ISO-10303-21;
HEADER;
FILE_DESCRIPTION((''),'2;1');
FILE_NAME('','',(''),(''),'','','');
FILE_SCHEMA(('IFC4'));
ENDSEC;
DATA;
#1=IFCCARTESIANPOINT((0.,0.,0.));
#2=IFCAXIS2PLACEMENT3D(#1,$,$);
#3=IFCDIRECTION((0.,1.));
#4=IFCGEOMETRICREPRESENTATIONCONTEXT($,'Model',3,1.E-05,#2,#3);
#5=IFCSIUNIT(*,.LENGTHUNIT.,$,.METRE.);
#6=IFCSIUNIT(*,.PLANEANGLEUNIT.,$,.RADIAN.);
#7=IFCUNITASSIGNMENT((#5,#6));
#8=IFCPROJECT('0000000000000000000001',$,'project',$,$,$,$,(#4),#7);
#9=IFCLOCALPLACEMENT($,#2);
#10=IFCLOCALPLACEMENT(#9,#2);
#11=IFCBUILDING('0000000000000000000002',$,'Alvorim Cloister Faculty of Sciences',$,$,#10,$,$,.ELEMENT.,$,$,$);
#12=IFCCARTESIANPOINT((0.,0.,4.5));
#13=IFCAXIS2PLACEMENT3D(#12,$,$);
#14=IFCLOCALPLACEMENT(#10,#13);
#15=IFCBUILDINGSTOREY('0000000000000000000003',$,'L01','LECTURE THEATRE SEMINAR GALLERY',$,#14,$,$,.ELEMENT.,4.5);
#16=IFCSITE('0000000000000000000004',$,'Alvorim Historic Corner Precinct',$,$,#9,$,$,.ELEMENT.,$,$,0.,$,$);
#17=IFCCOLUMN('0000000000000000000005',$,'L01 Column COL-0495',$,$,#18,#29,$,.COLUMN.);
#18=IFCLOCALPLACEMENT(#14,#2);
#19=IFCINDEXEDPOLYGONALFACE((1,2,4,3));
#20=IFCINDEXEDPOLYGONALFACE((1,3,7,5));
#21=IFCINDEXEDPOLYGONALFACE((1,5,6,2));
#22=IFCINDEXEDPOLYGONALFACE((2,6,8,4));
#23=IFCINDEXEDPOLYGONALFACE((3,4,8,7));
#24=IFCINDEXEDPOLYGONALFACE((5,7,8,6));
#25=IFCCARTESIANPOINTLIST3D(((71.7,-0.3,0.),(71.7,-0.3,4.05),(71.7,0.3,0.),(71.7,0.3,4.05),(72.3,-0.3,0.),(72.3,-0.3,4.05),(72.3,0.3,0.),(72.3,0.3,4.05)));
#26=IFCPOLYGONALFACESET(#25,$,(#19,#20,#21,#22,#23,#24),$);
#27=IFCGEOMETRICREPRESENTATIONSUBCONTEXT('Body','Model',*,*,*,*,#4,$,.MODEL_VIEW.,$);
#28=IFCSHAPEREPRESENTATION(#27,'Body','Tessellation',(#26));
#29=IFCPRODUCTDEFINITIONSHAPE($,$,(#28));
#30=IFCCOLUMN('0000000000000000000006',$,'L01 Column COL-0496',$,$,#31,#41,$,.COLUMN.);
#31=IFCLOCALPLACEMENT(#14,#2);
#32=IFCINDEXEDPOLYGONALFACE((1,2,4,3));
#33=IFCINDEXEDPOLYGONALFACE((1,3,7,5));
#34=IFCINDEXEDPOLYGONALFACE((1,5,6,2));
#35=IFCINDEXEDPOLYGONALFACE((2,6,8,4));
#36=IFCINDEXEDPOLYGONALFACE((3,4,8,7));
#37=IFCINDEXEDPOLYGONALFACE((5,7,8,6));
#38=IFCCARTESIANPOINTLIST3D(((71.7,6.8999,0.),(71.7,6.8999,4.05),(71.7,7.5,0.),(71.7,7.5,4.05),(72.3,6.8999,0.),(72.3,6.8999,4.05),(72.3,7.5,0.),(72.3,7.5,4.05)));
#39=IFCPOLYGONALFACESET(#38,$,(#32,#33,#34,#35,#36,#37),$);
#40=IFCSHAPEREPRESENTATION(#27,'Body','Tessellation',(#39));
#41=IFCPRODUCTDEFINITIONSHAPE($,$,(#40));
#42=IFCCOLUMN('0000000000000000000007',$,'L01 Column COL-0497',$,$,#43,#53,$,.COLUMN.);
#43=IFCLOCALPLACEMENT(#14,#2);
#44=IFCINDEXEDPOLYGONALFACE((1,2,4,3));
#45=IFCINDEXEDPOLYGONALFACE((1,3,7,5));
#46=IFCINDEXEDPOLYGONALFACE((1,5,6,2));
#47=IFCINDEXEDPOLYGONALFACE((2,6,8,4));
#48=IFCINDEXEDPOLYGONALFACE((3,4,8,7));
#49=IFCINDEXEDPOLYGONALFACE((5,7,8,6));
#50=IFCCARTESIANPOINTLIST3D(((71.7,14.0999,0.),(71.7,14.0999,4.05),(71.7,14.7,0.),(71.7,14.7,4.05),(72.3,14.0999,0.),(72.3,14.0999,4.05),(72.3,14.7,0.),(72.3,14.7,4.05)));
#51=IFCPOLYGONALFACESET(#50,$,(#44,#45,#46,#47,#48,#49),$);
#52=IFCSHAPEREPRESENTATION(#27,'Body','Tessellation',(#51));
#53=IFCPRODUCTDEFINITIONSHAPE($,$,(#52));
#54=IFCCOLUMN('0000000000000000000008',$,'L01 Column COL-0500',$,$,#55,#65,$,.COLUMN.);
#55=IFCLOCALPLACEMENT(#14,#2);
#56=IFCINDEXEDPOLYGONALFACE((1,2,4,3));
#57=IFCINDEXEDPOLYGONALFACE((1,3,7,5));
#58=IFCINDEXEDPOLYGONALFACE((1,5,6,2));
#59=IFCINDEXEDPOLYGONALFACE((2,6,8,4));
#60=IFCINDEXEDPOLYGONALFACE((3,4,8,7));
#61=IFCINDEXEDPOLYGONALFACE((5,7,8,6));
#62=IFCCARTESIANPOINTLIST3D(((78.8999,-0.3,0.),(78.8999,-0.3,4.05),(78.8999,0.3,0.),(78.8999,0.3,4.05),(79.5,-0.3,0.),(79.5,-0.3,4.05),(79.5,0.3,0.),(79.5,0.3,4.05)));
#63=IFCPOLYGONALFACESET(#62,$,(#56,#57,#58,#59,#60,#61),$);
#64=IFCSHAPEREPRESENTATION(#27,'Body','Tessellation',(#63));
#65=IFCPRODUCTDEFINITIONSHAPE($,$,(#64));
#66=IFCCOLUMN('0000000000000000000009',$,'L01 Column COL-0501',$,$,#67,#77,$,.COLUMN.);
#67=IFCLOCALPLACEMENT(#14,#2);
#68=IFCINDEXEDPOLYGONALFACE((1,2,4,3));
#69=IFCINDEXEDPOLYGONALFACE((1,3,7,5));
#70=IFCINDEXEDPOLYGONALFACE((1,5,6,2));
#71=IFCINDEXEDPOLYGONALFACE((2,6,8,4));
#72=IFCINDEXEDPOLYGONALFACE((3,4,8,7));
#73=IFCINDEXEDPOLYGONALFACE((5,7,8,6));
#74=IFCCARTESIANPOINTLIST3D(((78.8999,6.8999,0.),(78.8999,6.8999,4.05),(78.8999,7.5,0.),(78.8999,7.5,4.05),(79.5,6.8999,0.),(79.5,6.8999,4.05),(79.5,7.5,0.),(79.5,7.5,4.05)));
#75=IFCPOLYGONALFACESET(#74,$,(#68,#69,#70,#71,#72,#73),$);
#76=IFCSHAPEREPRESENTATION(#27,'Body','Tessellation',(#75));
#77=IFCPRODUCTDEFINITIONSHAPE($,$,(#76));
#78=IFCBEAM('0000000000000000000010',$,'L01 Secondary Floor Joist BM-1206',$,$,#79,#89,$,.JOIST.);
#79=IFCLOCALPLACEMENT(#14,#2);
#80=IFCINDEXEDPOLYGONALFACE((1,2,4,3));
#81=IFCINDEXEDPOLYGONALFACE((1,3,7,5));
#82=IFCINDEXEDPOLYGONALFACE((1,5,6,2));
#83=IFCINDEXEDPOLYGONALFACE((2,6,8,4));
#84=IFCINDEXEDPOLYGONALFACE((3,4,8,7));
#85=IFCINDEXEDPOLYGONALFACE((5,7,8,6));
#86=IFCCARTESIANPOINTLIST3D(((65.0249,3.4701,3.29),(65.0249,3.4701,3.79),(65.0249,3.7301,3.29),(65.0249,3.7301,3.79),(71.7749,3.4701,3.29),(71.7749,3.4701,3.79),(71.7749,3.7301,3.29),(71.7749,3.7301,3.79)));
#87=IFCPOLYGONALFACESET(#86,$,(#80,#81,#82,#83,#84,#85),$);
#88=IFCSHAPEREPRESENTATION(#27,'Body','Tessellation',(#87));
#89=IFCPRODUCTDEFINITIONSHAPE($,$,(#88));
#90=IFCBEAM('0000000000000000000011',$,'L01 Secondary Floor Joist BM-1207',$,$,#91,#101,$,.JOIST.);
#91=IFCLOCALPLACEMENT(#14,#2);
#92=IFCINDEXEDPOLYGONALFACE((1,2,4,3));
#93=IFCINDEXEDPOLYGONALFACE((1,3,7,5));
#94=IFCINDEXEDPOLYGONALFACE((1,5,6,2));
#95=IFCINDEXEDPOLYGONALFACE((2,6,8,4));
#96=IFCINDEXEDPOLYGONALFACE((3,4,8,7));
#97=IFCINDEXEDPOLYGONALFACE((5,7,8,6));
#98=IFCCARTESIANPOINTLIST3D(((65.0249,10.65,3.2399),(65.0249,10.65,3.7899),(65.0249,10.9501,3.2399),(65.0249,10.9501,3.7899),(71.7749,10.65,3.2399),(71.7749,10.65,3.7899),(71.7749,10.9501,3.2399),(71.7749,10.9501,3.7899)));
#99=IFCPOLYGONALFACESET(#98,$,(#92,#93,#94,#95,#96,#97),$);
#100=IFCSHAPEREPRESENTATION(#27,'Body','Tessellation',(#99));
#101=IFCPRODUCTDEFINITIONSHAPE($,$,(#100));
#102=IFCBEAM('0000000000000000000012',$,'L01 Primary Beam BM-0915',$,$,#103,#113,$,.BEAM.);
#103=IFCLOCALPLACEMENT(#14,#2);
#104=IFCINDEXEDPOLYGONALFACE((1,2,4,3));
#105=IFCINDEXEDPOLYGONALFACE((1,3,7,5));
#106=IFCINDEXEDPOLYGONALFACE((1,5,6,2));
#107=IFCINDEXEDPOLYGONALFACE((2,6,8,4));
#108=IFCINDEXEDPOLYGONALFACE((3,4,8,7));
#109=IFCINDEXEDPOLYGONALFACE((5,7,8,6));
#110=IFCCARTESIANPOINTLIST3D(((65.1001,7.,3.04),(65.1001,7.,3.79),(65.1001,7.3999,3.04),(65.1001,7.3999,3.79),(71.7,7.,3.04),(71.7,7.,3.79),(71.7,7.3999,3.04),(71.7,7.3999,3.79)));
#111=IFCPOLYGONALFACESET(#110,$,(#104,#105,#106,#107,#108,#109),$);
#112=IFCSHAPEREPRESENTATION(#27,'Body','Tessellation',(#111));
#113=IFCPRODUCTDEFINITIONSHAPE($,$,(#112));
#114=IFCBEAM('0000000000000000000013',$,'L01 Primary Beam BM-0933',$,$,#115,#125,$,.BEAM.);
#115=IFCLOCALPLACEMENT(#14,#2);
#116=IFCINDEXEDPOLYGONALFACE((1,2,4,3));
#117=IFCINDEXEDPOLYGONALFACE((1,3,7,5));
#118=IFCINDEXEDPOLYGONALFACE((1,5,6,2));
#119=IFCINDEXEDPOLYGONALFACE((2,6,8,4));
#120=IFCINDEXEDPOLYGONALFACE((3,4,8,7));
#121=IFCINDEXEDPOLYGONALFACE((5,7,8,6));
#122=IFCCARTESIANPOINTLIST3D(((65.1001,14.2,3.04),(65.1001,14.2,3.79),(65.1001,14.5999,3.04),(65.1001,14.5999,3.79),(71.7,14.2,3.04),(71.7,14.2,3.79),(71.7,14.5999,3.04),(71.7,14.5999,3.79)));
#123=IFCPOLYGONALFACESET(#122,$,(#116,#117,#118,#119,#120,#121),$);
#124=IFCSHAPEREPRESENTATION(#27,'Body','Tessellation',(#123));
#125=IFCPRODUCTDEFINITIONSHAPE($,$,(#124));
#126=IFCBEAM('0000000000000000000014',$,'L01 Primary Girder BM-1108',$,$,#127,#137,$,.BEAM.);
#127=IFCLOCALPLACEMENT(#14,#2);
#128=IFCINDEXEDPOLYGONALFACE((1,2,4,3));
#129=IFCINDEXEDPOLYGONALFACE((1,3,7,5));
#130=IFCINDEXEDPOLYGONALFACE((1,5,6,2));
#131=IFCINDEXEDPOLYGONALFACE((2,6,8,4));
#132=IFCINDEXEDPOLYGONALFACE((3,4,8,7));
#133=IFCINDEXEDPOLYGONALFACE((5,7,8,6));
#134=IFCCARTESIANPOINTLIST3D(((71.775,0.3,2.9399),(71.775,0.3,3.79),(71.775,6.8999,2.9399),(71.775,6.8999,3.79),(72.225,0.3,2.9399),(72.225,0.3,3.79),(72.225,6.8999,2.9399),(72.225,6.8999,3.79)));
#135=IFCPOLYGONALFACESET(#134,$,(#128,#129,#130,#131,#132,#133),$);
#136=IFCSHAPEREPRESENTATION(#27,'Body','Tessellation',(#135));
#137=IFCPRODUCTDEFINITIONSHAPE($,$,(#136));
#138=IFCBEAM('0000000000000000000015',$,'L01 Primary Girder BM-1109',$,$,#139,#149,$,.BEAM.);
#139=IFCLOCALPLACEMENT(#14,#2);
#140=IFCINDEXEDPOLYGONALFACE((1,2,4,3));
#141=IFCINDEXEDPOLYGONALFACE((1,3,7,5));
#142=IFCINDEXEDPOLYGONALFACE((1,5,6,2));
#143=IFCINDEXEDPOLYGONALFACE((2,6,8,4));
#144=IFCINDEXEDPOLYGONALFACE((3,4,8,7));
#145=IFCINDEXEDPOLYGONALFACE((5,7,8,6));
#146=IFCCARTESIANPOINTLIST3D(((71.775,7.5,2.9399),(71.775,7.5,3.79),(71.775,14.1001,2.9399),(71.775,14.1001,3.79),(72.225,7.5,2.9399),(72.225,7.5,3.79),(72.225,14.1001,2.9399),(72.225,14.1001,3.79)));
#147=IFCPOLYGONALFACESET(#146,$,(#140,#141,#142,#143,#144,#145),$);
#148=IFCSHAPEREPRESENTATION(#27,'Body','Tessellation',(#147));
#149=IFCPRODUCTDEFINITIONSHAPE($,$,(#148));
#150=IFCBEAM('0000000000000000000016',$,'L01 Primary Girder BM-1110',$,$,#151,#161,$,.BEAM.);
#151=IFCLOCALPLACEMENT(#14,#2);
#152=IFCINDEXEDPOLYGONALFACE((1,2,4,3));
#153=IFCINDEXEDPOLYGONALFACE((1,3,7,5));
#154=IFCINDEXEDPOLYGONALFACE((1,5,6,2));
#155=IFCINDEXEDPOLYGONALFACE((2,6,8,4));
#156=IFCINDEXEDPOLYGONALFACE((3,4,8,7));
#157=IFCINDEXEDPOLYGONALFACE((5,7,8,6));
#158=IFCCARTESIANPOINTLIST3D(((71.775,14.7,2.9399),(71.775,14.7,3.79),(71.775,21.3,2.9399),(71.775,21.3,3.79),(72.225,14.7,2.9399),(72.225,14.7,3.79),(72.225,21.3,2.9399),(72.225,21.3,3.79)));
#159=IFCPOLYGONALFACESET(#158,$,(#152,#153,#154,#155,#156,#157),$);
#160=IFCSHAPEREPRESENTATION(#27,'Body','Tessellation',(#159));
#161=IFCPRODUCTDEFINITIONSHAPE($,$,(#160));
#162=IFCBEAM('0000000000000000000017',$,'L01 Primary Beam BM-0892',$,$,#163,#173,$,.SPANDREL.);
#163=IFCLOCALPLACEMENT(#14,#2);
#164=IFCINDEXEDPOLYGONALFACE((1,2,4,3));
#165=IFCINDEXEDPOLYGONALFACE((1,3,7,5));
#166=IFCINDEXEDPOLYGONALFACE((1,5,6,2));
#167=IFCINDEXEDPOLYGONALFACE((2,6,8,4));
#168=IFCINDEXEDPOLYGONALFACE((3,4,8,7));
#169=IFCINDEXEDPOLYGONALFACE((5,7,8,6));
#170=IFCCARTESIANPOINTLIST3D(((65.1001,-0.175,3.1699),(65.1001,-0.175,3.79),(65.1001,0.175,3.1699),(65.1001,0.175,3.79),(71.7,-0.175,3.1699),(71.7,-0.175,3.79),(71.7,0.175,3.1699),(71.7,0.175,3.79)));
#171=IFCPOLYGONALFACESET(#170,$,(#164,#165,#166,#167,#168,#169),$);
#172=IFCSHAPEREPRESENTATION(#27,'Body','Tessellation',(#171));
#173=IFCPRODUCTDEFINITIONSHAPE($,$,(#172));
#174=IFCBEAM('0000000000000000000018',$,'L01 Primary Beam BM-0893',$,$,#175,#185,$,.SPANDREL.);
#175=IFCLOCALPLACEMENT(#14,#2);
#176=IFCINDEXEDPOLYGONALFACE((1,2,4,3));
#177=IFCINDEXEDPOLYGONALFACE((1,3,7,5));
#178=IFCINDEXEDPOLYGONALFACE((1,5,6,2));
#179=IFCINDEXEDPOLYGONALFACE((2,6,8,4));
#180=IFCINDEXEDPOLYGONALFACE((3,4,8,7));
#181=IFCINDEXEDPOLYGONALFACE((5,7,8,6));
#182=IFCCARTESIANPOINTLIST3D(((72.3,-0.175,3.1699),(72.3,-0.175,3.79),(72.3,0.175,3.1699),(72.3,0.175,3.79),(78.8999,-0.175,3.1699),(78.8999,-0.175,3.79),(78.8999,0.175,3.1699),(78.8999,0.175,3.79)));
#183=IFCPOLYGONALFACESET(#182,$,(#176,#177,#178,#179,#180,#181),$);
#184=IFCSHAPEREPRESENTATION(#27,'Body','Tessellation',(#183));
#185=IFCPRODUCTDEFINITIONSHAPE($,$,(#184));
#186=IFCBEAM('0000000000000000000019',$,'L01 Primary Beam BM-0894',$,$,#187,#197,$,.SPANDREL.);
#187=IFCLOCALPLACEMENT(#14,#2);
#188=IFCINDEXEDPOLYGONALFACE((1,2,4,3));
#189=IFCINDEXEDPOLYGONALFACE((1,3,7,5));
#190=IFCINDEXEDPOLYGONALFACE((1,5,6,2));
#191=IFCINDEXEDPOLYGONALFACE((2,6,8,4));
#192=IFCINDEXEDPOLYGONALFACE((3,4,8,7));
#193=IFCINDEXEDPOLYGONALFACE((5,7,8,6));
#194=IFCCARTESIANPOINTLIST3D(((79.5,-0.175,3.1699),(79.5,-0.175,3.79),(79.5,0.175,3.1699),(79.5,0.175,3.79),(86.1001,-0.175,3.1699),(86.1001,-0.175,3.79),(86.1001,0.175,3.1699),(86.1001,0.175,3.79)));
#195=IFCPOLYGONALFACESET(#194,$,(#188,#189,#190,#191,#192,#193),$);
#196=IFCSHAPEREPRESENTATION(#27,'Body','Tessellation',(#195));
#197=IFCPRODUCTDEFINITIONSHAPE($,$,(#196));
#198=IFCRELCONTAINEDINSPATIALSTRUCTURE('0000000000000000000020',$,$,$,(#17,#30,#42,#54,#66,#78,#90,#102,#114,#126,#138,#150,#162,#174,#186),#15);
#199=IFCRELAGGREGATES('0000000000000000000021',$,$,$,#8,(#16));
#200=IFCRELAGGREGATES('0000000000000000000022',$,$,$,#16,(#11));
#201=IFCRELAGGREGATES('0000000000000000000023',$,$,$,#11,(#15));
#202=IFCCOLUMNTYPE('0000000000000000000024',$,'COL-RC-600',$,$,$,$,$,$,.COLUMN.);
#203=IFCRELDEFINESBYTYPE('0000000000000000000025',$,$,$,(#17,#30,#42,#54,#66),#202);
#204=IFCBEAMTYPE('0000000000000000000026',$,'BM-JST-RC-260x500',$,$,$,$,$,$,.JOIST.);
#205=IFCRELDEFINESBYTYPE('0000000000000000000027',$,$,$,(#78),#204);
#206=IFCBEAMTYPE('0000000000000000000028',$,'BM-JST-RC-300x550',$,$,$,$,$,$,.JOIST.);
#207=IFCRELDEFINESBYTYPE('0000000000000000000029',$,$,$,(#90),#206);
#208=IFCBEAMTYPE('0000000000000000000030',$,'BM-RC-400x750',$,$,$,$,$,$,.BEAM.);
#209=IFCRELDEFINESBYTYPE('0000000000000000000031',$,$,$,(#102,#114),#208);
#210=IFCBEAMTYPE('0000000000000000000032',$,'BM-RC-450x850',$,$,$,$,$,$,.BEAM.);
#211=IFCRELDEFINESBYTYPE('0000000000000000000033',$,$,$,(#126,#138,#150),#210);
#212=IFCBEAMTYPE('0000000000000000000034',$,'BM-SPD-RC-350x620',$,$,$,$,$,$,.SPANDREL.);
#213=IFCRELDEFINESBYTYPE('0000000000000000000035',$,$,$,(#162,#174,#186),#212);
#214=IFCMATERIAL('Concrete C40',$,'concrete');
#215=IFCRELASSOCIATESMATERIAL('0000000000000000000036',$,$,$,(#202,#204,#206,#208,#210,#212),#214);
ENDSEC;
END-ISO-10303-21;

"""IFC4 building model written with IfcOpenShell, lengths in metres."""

from ifc_helpers import new_model, si_unit, direction, frame, origin, origin_2d, place, context, subcontext, project, spatial, rectangle, extrude, material, material_profile, profile_set, type_object, element, save


model = new_model("IFC4")

# Units and contexts
model_context = context("Model", 3, precision=1e-05, world=origin(), true_north=direction((0.0, 1.0)))
body_context = subcontext(model_context, "Body", "Model", "MODEL_VIEW")
ifc_project = project(units=[si_unit("LENGTHUNIT", "METRE"), si_unit("PLANEANGLEUNIT", "RADIAN")], contexts=[model_context])

# Site, building, storey
site_placement = place(None, origin())
site = spatial("IfcSite", under=ifc_project, at=site_placement, Name="Alvorim Historic Corner Precinct", CompositionType="ELEMENT", RefElevation=0.0)
building_placement = place(site_placement, origin())
building = spatial("IfcBuilding", under=site, at=building_placement, Name="Alvorim Cloister Faculty of Sciences", CompositionType="ELEMENT")
storey_placement = place(building_placement, frame((0.0, 0.0, 4.5)))
storey = spatial("IfcBuildingStorey", under=building, at=storey_placement, Name="L01", Description="LECTURE THEATRE SEMINAR GALLERY", CompositionType="ELEMENT", Elevation=4.5)

# Columns
ifc_material_1 = material(Name="Concrete C40", Category="concrete")
ifc_material_profile_1 = material_profile(ifc_material_1, rectangle(XDim=0.6001, YDim=0.6001, at=origin_2d()), Name="RC40-COL-600x600")
ifc_profile_set_1 = profile_set([ifc_material_profile_1], Name="Concrete C40")
column_type = type_object("IfcColumnType", Name="COL-RC-600", PredefinedType="COLUMN", material=ifc_profile_set_1)
for number, where, z_axis, x_axis, name in (
    (1, (72.0, 0.0, 0.0), (0.0, 0.0, 1.0), (1.0, 0.0, 0.0), "L01 Column COL-0495"),
    (2, (72.0, 7.2, 0.0), (0.0, 0.0, 1.0), (1.0, 0.0, 0.0), "L01 Column COL-0496"),
    (3, (72.0, 14.3999, 0.0), (0.0, 0.0, 1.0), (1.0, 0.0, 0.0), "L01 Column COL-0497"),
    (4, (79.2, 0.0, 0.0), (0.0, 0.0, 1.0), (1.0, 0.0, 0.0), "L01 Column COL-0500"),
    (5, (79.2, 7.2, 0.0), (0.0, 0.0, 1.0), (1.0, 0.0, 0.0), "L01 Column COL-0501"),
):
    element("IfcColumn", number, at=place(storey_placement, frame(where, z_axis=z_axis, x_axis=x_axis)), inside=storey, type_object=column_type, Name=name, PredefinedType="COLUMN", context=body_context, shape_type="SweptSolid", body=[
        extrude(rectangle(XDim=0.6001, YDim=0.6001, at=origin_2d()), origin(), (0.0, 0.0, 1.0), 4.05),
    ])

# Beams
ifc_material_profile_2 = material_profile(ifc_material_1, rectangle(XDim=0.26, YDim=0.5, at=origin_2d()), Name="RC40-JST-260x500")
ifc_profile_set_2 = profile_set([ifc_material_profile_2], Name="Concrete C40")
beam_type_1 = type_object("IfcBeamType", Name="BM-JST-RC-260x500", PredefinedType="JOIST", material=ifc_profile_set_2)
beam_1_placement = place(storey_placement, frame((65.0249, 3.6001, 3.54), z_axis=(1.0, 0.0, 0.0), x_axis=(0.0, 1.0, 0.0)))
element("IfcBeam", 6, at=beam_1_placement, inside=storey, type_object=beam_type_1, Name="L01 Secondary Floor Joist BM-1206", PredefinedType="JOIST", context=body_context, shape_type="SweptSolid", body=[
    extrude(rectangle(XDim=0.26, YDim=0.5, at=origin_2d()), origin(), (0.0, 0.0, 1.0), 6.75),
])
ifc_material_profile_3 = material_profile(ifc_material_1, rectangle(XDim=0.3, YDim=0.55, at=origin_2d()), Name="RC40-JST-300x550")
ifc_profile_set_3 = profile_set([ifc_material_profile_3], Name="Concrete C40")
beam_type_2 = type_object("IfcBeamType", Name="BM-JST-RC-300x550", PredefinedType="JOIST", material=ifc_profile_set_3)
beam_2_placement = place(storey_placement, frame((65.0249, 10.8, 3.5149), z_axis=(1.0, 0.0, 0.0), x_axis=(0.0, 1.0, 0.0)))
element("IfcBeam", 7, at=beam_2_placement, inside=storey, type_object=beam_type_2, Name="L01 Secondary Floor Joist BM-1207", PredefinedType="JOIST", context=body_context, shape_type="SweptSolid", body=[
    extrude(rectangle(XDim=0.3, YDim=0.55, at=origin_2d()), origin(), (0.0, 0.0, 1.0), 6.75),
])
ifc_material_profile_4 = material_profile(ifc_material_1, rectangle(XDim=0.3999, YDim=0.75, at=origin_2d()), Name="RC40-BM-400x750")
ifc_profile_set_4 = profile_set([ifc_material_profile_4], Name="Concrete C40")
beam_type_3 = type_object("IfcBeamType", Name="BM-RC-400x750", PredefinedType="BEAM", material=ifc_profile_set_4)
for number, where, z_axis, x_axis, name in (
    (8, (65.1001, 7.2, 3.415), (1.0, 0.0, 0.0), (0.0, 1.0, 0.0), "L01 Primary Beam BM-0915"),
    (9, (65.1001, 14.3999, 3.415), (1.0, 0.0, 0.0), (0.0, 1.0, 0.0), "L01 Primary Beam BM-0933"),
):
    element("IfcBeam", number, at=place(storey_placement, frame(where, z_axis=z_axis, x_axis=x_axis)), inside=storey, type_object=beam_type_3, Name=name, PredefinedType="BEAM", context=body_context, shape_type="SweptSolid", body=[
        extrude(rectangle(XDim=0.3999, YDim=0.75, at=origin_2d()), origin(), (0.0, 0.0, 1.0), 6.5999),
    ])
ifc_material_profile_5 = material_profile(ifc_material_1, rectangle(XDim=0.45, YDim=0.8501, at=origin_2d()), Name="RC40-BM-450x850")
ifc_profile_set_5 = profile_set([ifc_material_profile_5], Name="Concrete C40")
beam_type_4 = type_object("IfcBeamType", Name="BM-RC-450x850", PredefinedType="BEAM", material=ifc_profile_set_5)
beam_3_placement = place(storey_placement, frame((72.0, 0.3, 3.365), z_axis=(0.0, 1.0, 0.0), x_axis=(-1.0, 0.0, 0.0)))
element("IfcBeam", 10, at=beam_3_placement, inside=storey, type_object=beam_type_4, Name="L01 Primary Girder BM-1108", PredefinedType="BEAM", context=body_context, shape_type="SweptSolid", body=[
    extrude(rectangle(XDim=0.45, YDim=0.8501, at=origin_2d()), origin(), (0.0, 0.0, 1.0), 6.5999),
])
for number, where, z_axis, x_axis, name in (
    (11, (72.0, 7.5, 3.365), (0.0, 1.0, 0.0), (-1.0, 0.0, 0.0), "L01 Primary Girder BM-1109"),
    (12, (72.0, 14.7, 3.365), (0.0, 1.0, 0.0), (-1.0, 0.0, 0.0), "L01 Primary Girder BM-1110"),
):
    element("IfcBeam", number, at=place(storey_placement, frame(where, z_axis=z_axis, x_axis=x_axis)), inside=storey, type_object=beam_type_4, Name=name, PredefinedType="BEAM", context=body_context, shape_type="SweptSolid", body=[
        extrude(rectangle(XDim=0.45, YDim=0.8501, at=origin_2d()), origin(), (0.0, 0.0, 1.0), 6.6001),
    ])
ifc_material_profile_6 = material_profile(ifc_material_1, rectangle(XDim=0.3501, YDim=0.6201, at=origin_2d()), Name="RC40-SPD-350x620")
ifc_profile_set_6 = profile_set([ifc_material_profile_6], Name="Concrete C40")
beam_type_5 = type_object("IfcBeamType", Name="BM-SPD-RC-350x620", PredefinedType="SPANDREL", material=ifc_profile_set_6)
for number, where, z_axis, x_axis, name in (
    (13, (65.1001, 0.0, 3.48), (1.0, 0.0, 0.0), (0.0, 1.0, 0.0), "L01 Primary Beam BM-0892"),
    (14, (72.3, 0.0, 3.48), (1.0, 0.0, 0.0), (0.0, 1.0, 0.0), "L01 Primary Beam BM-0893"),
):
    element("IfcBeam", number, at=place(storey_placement, frame(where, z_axis=z_axis, x_axis=x_axis)), inside=storey, type_object=beam_type_5, Name=name, PredefinedType="SPANDREL", context=body_context, shape_type="SweptSolid", body=[
        extrude(rectangle(XDim=0.3501, YDim=0.6201, at=origin_2d()), origin(), (0.0, 0.0, 1.0), 6.5999),
    ])
beam_4_placement = place(storey_placement, frame((79.5, 0.0, 3.48), z_axis=(1.0, 0.0, 0.0), x_axis=(0.0, 1.0, 0.0)))
element("IfcBeam", 15, at=beam_4_placement, inside=storey, type_object=beam_type_5, Name="L01 Primary Beam BM-0894", PredefinedType="SPANDREL", context=body_context, shape_type="SweptSolid", body=[
    extrude(rectangle(XDim=0.3501, YDim=0.6201, at=origin_2d()), origin(), (0.0, 0.0, 1.0), 6.6001),
])

save(model, "model.ifc")
